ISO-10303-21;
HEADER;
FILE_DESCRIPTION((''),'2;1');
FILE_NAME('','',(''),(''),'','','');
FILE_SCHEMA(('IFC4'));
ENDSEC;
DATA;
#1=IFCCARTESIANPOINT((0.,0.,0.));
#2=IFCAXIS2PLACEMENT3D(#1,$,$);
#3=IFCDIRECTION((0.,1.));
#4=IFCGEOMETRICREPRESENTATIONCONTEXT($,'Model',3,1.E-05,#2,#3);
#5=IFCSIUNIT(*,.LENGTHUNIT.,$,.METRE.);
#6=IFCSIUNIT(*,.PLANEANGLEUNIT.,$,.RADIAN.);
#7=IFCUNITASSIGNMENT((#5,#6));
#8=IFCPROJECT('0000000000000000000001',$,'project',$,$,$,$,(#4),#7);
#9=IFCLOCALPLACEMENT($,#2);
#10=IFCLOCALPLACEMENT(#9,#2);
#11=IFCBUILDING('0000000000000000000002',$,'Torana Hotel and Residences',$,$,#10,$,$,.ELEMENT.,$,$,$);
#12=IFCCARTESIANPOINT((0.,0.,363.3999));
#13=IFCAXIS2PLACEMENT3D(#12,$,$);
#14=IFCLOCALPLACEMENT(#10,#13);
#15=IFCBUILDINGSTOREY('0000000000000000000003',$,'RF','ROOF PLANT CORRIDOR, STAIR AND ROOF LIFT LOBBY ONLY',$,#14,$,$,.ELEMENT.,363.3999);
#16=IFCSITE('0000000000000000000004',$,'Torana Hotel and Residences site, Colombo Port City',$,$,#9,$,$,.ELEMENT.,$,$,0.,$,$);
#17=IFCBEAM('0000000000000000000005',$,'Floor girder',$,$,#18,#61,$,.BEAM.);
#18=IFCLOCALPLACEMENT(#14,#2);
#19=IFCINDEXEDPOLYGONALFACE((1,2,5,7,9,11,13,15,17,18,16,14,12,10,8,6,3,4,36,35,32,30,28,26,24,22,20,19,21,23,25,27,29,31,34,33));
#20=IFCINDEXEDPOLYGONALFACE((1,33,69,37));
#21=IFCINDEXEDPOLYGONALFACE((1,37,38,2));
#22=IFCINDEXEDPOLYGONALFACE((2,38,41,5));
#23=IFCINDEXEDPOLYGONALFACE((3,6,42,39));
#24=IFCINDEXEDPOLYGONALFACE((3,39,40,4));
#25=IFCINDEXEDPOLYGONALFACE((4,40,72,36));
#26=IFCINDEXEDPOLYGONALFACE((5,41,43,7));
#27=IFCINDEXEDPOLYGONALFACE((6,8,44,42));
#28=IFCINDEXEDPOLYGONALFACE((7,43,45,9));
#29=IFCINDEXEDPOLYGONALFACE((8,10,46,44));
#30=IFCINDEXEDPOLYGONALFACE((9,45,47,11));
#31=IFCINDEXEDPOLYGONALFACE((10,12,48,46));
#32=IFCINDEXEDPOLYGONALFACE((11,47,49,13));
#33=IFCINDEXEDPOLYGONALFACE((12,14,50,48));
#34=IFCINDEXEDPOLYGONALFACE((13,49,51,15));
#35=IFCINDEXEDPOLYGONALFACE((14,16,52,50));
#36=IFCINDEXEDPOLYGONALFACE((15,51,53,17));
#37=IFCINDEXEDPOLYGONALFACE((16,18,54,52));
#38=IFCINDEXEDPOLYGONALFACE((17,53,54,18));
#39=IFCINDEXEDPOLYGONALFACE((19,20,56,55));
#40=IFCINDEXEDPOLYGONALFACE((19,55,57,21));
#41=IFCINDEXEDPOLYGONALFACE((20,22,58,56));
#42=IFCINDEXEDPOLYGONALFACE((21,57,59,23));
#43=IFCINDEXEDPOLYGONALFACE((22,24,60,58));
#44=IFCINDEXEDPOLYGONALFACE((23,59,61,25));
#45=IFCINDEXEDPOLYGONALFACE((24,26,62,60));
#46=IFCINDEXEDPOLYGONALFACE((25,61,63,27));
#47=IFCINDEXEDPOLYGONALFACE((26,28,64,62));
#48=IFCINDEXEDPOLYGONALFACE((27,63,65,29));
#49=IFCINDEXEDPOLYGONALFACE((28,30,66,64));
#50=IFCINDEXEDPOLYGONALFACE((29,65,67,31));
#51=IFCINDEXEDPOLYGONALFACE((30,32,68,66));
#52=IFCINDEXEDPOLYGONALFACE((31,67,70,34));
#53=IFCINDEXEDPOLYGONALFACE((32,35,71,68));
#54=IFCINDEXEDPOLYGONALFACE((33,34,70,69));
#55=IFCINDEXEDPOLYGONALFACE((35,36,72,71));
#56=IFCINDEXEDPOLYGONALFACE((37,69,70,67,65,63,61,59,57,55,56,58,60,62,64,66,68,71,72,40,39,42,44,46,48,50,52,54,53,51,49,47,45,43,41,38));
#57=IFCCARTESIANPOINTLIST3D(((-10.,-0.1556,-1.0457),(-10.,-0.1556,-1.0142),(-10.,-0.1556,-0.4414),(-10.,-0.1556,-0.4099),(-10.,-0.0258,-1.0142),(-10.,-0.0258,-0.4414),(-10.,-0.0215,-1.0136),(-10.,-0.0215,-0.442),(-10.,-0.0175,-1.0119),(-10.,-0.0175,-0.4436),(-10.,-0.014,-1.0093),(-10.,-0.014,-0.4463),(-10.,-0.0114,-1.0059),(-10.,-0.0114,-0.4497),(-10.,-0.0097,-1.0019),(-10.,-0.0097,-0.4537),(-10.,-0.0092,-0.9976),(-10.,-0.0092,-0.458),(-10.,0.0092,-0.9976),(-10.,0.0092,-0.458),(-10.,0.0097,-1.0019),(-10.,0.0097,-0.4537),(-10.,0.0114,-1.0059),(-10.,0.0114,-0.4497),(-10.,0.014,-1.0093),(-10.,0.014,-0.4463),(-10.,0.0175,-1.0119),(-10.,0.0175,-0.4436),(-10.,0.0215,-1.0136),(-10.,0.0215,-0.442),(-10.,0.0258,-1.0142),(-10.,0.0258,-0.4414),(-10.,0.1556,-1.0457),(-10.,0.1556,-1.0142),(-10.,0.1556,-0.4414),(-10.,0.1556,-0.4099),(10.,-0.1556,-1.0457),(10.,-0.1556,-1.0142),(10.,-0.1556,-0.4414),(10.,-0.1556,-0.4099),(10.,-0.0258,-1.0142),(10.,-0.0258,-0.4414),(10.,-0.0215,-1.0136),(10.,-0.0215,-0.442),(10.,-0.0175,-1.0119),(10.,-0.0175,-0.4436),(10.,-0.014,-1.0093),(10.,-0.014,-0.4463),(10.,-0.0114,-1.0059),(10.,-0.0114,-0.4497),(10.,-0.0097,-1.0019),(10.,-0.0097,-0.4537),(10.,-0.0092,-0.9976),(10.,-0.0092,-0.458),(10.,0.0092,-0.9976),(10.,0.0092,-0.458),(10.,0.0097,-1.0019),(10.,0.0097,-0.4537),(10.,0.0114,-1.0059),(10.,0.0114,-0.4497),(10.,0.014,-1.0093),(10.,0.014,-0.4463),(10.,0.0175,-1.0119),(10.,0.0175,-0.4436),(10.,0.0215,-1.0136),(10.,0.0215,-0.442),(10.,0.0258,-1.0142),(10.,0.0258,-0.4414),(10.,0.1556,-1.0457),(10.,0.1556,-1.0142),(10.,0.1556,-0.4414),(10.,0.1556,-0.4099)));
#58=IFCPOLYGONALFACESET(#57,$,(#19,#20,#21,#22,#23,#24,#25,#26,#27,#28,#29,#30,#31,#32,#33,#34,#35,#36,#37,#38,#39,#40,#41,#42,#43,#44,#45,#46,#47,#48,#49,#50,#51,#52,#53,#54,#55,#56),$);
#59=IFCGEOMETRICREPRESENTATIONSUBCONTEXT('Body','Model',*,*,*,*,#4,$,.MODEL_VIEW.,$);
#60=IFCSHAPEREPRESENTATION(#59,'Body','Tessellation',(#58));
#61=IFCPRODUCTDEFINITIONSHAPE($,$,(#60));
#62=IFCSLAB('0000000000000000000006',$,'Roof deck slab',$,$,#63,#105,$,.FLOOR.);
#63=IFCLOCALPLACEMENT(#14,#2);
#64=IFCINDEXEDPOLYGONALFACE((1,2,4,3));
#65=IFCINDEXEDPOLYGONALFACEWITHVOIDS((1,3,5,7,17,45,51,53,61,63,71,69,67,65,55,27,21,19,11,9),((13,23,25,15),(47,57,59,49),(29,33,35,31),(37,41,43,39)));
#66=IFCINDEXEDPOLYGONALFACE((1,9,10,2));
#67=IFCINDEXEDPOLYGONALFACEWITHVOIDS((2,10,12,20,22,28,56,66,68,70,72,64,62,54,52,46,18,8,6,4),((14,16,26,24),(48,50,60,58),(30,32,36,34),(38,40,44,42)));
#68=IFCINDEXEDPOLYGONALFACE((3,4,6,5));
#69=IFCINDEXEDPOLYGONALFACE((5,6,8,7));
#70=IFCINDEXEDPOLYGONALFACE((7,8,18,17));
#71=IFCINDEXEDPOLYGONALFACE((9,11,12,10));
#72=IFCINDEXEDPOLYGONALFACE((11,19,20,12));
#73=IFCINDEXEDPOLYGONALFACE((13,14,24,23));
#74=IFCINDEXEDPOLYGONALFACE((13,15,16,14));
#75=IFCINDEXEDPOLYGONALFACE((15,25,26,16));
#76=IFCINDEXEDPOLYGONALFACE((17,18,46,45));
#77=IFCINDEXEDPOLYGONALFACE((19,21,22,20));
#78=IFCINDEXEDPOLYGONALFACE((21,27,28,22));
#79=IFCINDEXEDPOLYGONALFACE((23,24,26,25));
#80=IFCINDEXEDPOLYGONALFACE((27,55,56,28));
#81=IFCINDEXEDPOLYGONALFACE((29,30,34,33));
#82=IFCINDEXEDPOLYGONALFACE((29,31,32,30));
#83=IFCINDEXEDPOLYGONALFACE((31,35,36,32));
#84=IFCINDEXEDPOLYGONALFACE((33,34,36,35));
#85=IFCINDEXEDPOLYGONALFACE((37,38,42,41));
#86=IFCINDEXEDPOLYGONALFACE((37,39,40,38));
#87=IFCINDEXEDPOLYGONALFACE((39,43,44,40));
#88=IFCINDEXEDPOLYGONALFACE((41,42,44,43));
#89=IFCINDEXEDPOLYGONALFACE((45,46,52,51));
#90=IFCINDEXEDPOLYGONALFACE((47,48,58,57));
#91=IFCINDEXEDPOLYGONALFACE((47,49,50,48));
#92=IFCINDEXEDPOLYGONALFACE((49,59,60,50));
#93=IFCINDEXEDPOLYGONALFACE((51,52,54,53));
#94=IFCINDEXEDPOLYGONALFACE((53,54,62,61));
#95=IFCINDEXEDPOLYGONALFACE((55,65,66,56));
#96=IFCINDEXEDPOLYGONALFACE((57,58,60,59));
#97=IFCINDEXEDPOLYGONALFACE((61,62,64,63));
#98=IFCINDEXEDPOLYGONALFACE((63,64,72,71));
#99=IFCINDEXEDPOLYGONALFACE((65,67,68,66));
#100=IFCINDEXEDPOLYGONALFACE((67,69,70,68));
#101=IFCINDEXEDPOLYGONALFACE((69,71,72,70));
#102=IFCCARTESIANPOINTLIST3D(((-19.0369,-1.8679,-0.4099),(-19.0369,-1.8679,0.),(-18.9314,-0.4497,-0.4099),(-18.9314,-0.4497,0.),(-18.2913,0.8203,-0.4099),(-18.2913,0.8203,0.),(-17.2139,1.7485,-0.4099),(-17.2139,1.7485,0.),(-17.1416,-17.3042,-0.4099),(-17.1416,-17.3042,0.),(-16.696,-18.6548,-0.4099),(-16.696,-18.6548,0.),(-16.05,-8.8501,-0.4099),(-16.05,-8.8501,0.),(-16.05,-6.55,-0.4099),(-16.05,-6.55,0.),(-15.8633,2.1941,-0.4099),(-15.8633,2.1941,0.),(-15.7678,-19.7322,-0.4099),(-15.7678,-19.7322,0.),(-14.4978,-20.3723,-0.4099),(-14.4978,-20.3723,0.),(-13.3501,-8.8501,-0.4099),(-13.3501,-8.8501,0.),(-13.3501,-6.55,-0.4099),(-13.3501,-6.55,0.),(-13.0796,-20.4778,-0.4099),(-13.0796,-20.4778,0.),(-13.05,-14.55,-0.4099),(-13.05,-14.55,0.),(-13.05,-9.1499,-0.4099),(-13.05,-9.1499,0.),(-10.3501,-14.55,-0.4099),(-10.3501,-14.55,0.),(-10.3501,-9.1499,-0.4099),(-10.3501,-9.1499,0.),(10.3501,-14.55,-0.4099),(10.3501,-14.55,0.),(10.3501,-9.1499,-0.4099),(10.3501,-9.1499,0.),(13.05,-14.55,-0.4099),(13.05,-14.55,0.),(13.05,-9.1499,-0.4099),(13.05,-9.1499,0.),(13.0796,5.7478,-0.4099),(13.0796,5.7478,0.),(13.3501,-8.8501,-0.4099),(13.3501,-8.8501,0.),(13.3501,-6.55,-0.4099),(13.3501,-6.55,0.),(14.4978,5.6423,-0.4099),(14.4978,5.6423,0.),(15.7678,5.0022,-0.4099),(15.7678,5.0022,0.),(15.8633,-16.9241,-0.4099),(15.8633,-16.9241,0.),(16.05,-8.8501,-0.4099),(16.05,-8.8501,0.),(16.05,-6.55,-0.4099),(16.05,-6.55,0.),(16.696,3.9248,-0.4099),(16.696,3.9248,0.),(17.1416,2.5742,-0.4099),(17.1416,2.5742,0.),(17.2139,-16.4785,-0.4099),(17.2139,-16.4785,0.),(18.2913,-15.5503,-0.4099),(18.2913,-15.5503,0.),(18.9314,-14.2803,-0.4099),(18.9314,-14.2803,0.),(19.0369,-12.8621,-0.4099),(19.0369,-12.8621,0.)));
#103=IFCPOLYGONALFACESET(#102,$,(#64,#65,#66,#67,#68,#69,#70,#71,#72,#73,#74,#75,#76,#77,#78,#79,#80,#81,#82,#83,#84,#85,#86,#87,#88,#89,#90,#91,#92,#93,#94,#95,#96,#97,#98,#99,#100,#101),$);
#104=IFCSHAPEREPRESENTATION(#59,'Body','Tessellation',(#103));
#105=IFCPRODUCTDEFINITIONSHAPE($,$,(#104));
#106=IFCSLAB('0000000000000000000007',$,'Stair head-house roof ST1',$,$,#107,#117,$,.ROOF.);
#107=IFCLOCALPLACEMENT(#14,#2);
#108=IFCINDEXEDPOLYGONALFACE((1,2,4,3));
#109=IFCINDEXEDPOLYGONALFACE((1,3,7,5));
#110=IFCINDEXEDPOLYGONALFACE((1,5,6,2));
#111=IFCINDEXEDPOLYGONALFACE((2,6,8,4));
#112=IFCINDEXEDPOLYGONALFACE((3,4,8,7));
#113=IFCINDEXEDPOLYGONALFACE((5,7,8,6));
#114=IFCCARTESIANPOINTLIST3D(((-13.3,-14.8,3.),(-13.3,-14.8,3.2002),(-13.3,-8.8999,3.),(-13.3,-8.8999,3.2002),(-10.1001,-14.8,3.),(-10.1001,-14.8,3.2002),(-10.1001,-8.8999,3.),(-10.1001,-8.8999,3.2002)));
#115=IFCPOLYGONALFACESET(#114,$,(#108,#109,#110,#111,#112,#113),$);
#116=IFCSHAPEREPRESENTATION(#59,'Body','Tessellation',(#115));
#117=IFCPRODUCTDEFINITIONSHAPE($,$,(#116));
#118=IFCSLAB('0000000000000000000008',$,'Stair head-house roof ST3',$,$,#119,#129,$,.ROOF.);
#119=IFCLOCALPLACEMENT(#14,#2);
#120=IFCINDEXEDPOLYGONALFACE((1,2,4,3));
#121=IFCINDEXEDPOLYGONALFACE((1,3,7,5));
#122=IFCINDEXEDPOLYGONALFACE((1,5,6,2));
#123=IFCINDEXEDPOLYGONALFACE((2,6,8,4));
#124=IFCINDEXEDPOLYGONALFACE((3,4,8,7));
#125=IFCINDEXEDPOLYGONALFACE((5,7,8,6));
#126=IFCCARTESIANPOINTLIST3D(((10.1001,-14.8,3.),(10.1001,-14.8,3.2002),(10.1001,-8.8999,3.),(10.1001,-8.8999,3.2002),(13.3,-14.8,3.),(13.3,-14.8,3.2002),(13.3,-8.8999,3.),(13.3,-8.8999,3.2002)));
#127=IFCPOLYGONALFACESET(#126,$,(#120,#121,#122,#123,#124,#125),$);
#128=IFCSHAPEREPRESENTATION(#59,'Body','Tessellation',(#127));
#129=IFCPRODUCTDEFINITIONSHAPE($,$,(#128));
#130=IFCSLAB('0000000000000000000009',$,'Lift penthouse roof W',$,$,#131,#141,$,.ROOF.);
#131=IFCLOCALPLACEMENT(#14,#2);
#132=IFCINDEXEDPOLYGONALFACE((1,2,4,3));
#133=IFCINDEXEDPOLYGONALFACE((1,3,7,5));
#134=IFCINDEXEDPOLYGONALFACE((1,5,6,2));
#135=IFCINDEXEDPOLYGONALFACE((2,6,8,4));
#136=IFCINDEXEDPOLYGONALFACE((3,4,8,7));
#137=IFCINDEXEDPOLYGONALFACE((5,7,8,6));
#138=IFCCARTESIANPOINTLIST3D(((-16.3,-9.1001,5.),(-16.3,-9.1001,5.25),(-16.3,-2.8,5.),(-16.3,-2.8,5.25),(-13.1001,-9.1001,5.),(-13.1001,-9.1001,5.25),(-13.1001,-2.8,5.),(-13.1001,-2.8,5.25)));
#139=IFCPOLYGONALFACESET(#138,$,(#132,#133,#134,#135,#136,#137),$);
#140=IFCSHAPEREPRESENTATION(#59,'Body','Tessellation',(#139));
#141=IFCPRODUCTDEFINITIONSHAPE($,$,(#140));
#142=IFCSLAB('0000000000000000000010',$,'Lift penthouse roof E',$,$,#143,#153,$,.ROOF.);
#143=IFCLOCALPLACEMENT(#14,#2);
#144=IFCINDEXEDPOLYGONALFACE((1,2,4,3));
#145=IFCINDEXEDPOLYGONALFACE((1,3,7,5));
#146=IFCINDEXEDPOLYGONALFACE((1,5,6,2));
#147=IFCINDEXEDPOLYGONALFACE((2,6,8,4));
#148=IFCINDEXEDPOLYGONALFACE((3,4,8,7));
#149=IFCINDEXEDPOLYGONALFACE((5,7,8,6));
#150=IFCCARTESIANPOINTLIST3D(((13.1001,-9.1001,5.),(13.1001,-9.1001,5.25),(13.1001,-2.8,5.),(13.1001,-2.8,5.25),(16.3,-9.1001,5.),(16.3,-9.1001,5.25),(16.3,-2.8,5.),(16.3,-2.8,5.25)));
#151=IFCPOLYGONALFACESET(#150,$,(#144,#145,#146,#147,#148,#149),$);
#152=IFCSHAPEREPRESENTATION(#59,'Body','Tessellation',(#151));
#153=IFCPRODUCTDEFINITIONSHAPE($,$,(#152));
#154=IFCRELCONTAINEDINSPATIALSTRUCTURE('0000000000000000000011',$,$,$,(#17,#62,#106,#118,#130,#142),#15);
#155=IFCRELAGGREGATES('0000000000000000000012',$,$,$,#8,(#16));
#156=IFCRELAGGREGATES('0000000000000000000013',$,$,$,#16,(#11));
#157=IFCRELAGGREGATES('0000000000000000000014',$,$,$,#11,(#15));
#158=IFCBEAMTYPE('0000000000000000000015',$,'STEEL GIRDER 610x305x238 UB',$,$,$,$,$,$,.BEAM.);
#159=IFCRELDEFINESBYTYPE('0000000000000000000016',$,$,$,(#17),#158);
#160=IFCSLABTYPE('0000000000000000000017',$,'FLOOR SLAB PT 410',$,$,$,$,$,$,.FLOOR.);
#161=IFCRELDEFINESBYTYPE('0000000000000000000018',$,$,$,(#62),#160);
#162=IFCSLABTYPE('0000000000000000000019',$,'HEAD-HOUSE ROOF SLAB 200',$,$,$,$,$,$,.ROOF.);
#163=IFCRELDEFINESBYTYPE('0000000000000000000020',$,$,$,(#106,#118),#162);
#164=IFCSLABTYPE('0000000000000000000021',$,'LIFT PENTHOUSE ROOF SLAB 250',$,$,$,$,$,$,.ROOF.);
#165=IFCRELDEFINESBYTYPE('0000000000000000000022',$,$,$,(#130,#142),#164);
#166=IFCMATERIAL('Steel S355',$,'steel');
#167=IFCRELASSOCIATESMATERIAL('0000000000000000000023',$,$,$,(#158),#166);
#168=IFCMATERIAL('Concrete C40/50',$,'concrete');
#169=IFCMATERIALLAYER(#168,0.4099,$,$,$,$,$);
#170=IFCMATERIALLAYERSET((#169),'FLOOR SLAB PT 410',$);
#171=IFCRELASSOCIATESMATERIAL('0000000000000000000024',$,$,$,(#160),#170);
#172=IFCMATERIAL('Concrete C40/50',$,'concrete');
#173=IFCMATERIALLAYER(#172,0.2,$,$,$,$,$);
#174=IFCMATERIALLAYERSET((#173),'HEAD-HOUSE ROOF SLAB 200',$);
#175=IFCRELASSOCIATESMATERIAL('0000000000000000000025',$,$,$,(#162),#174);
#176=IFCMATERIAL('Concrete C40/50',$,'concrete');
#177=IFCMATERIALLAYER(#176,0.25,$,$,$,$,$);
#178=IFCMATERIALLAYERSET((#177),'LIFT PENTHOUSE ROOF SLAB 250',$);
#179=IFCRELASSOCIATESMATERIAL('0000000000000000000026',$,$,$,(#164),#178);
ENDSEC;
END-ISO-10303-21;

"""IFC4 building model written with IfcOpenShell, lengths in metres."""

from ifc_helpers import new_model, si_unit, direction, frame, origin, origin_2d, place, context, subcontext, project, spatial, polyline, i_section, outline, extrude, material, layer, layer_set, material_profile, profile_set, type_object, element, save


model = new_model("IFC4")

# Units and contexts
model_context = context("Model", 3, precision=1e-05, world=origin(), true_north=direction((0.0, 1.0)))
body_context = subcontext(model_context, "Body", "Model", "MODEL_VIEW")
ifc_project = project(units=[si_unit("LENGTHUNIT", "METRE"), si_unit("PLANEANGLEUNIT", "RADIAN")], contexts=[model_context])

# Site, building, storey
site_placement = place(None, origin())
site = spatial("IfcSite", under=ifc_project, at=site_placement, Name="Torana Hotel and Residences site, Colombo Port City", CompositionType="ELEMENT", RefElevation=0.0)
building_placement = place(site_placement, origin())
building = spatial("IfcBuilding", under=site, at=building_placement, Name="Torana Hotel and Residences", CompositionType="ELEMENT")
storey_placement = place(building_placement, frame((0.0, 0.0, 363.3999)))
storey = spatial("IfcBuildingStorey", under=building, at=storey_placement, Name="RF", Description="ROOF PLANT CORRIDOR, STAIR AND ROOF LIFT LOBBY ONLY", CompositionType="ELEMENT", Elevation=363.3999)

# Beam
ifc_material_1 = material(Name="Steel S355", Category="steel")
ifc_material_profile_1 = material_profile(ifc_material_1, i_section(OverallWidth=0.3113, OverallDepth=0.6357, WebThickness=0.0183, FlangeThickness=0.0315, FilletRadius=0.0166, at=origin_2d()), Name="610x305x238 UB")
ifc_profile_set_1 = profile_set([ifc_material_profile_1], Name="Steel S355")
beam_type_1 = type_object("IfcBeamType", Name="STEEL GIRDER 610x305x238 UB", PredefinedType="BEAM", material=ifc_profile_set_1)
beam_1_placement = place(storey_placement, frame((-10.0, 0.0, -0.7278), z_axis=(1.0, 0.0, 0.0), x_axis=(0.0, 1.0, 0.0)))
element("IfcBeam", 1, at=beam_1_placement, inside=storey, type_object=beam_type_1, Name="Floor girder", PredefinedType="BEAM", context=body_context, shape_type="SweptSolid", body=[
    extrude(i_section(OverallWidth=0.3113, OverallDepth=0.6357, WebThickness=0.0183, FlangeThickness=0.0315, FilletRadius=0.0166, at=origin_2d()), origin(), (0.0, 0.0, 1.0), 20.0),
])

# Slabs
ifc_material_2 = material(Name="Concrete C40/50", Category="concrete")
ifc_layer_1 = layer(ifc_material_2, 0.4099)
ifc_layer_set_1 = layer_set([ifc_layer_1], Name="FLOOR SLAB PT 410")
slab_type_1 = type_object("IfcSlabType", Name="FLOOR SLAB PT 410", PredefinedType="FLOOR", material=ifc_layer_set_1)
slab_1_placement = place(storey_placement, frame((0.0, 0.0, -0.4099)))
element("IfcSlab", 2, at=slab_1_placement, inside=storey, type_object=slab_type_1, Name="Roof deck slab", PredefinedType="FLOOR", context=body_context, shape_type="SweptSolid", body=[
    extrude(outline(polyline([(17.1416, 2.5742), (16.696, 3.9248), (15.7678, 5.0022), (14.4978, 5.6423), (13.0796, 5.7478), (-15.8633, 2.1941), (-17.2139, 1.7485), (-18.2913, 0.8203), (-18.9314, -0.4497), (-19.0369, -1.8679), (-17.1416, -17.3042), (-16.696, -18.6548), (-15.7678, -19.7322), (-14.4978, -20.3723), (-13.0796, -20.4778), (15.8633, -16.9241), (17.2139, -16.4785), (18.2913, -15.5503), (18.9314, -14.2803), (19.0369, -12.8621), (17.1416, 2.5742)]), holes=[polyline([(-13.05, -14.55), (-10.3501, -14.55), (-10.3501, -9.1499), (-13.05, -9.1499), (-13.05, -14.55)]), polyline([(10.3501, -14.55), (13.05, -14.55), (13.05, -9.1499), (10.3501, -9.1499), (10.3501, -14.55)]), polyline([(-16.05, -8.8501), (-13.3501, -8.8501), (-13.3501, -6.55), (-16.05, -6.55), (-16.05, -8.8501)]), polyline([(13.3501, -8.8501), (16.05, -8.8501), (16.05, -6.55), (13.3501, -6.55), (13.3501, -8.8501)])]), origin(), (0.0, 0.0, 1.0), 0.4099),
])
ifc_material_3 = material(Name="Concrete C40/50", Category="concrete")
ifc_layer_2 = layer(ifc_material_3, 0.2)
ifc_layer_set_2 = layer_set([ifc_layer_2], Name="HEAD-HOUSE ROOF SLAB 200")
slab_type_2 = type_object("IfcSlabType", Name="HEAD-HOUSE ROOF SLAB 200", PredefinedType="ROOF", material=ifc_layer_set_2)
slab_2_placement = place(storey_placement, frame((0.0, 0.0, 3.0)))
element("IfcSlab", 3, at=slab_2_placement, inside=storey, type_object=slab_type_2, Name="Stair head-house roof ST1", PredefinedType="ROOF", context=body_context, shape_type="SweptSolid", body=[
    extrude(outline(polyline([(-13.3, -14.8), (-10.1001, -14.8), (-10.1001, -8.8999), (-13.3, -8.8999), (-13.3, -14.8)])), origin(), (0.0, 0.0, 1.0), 0.2002),
])
slab_3_placement = place(storey_placement, frame((0.0, 0.0, 3.0)))
element("IfcSlab", 4, at=slab_3_placement, inside=storey, type_object=slab_type_2, Name="Stair head-house roof ST3", PredefinedType="ROOF", context=body_context, shape_type="SweptSolid", body=[
    extrude(outline(polyline([(10.1001, -14.8), (13.3, -14.8), (13.3, -8.8999), (10.1001, -8.8999), (10.1001, -14.8)])), origin(), (0.0, 0.0, 1.0), 0.2002),
])
ifc_material_4 = material(Name="Concrete C40/50", Category="concrete")
ifc_layer_3 = layer(ifc_material_4, 0.25)
ifc_layer_set_3 = layer_set([ifc_layer_3], Name="LIFT PENTHOUSE ROOF SLAB 250")
slab_type_3 = type_object("IfcSlabType", Name="LIFT PENTHOUSE ROOF SLAB 250", PredefinedType="ROOF", material=ifc_layer_set_3)
slab_4_placement = place(storey_placement, frame((0.0, 0.0, 5.0)))
element("IfcSlab", 5, at=slab_4_placement, inside=storey, type_object=slab_type_3, Name="Lift penthouse roof W", PredefinedType="ROOF", context=body_context, shape_type="SweptSolid", body=[
    extrude(outline(polyline([(-16.3, -9.1001), (-13.1001, -9.1001), (-13.1001, -2.8), (-16.3, -2.8), (-16.3, -9.1001)])), origin(), (0.0, 0.0, 1.0), 0.25),
])
slab_5_placement = place(storey_placement, frame((0.0, 0.0, 5.0)))
element("IfcSlab", 6, at=slab_5_placement, inside=storey, type_object=slab_type_3, Name="Lift penthouse roof E", PredefinedType="ROOF", context=body_context, shape_type="SweptSolid", body=[
    extrude(outline(polyline([(13.1001, -9.1001), (16.3, -9.1001), (16.3, -2.8), (13.1001, -2.8), (13.1001, -9.1001)])), origin(), (0.0, 0.0, 1.0), 0.25),
])

save(model, "model.ifc")
